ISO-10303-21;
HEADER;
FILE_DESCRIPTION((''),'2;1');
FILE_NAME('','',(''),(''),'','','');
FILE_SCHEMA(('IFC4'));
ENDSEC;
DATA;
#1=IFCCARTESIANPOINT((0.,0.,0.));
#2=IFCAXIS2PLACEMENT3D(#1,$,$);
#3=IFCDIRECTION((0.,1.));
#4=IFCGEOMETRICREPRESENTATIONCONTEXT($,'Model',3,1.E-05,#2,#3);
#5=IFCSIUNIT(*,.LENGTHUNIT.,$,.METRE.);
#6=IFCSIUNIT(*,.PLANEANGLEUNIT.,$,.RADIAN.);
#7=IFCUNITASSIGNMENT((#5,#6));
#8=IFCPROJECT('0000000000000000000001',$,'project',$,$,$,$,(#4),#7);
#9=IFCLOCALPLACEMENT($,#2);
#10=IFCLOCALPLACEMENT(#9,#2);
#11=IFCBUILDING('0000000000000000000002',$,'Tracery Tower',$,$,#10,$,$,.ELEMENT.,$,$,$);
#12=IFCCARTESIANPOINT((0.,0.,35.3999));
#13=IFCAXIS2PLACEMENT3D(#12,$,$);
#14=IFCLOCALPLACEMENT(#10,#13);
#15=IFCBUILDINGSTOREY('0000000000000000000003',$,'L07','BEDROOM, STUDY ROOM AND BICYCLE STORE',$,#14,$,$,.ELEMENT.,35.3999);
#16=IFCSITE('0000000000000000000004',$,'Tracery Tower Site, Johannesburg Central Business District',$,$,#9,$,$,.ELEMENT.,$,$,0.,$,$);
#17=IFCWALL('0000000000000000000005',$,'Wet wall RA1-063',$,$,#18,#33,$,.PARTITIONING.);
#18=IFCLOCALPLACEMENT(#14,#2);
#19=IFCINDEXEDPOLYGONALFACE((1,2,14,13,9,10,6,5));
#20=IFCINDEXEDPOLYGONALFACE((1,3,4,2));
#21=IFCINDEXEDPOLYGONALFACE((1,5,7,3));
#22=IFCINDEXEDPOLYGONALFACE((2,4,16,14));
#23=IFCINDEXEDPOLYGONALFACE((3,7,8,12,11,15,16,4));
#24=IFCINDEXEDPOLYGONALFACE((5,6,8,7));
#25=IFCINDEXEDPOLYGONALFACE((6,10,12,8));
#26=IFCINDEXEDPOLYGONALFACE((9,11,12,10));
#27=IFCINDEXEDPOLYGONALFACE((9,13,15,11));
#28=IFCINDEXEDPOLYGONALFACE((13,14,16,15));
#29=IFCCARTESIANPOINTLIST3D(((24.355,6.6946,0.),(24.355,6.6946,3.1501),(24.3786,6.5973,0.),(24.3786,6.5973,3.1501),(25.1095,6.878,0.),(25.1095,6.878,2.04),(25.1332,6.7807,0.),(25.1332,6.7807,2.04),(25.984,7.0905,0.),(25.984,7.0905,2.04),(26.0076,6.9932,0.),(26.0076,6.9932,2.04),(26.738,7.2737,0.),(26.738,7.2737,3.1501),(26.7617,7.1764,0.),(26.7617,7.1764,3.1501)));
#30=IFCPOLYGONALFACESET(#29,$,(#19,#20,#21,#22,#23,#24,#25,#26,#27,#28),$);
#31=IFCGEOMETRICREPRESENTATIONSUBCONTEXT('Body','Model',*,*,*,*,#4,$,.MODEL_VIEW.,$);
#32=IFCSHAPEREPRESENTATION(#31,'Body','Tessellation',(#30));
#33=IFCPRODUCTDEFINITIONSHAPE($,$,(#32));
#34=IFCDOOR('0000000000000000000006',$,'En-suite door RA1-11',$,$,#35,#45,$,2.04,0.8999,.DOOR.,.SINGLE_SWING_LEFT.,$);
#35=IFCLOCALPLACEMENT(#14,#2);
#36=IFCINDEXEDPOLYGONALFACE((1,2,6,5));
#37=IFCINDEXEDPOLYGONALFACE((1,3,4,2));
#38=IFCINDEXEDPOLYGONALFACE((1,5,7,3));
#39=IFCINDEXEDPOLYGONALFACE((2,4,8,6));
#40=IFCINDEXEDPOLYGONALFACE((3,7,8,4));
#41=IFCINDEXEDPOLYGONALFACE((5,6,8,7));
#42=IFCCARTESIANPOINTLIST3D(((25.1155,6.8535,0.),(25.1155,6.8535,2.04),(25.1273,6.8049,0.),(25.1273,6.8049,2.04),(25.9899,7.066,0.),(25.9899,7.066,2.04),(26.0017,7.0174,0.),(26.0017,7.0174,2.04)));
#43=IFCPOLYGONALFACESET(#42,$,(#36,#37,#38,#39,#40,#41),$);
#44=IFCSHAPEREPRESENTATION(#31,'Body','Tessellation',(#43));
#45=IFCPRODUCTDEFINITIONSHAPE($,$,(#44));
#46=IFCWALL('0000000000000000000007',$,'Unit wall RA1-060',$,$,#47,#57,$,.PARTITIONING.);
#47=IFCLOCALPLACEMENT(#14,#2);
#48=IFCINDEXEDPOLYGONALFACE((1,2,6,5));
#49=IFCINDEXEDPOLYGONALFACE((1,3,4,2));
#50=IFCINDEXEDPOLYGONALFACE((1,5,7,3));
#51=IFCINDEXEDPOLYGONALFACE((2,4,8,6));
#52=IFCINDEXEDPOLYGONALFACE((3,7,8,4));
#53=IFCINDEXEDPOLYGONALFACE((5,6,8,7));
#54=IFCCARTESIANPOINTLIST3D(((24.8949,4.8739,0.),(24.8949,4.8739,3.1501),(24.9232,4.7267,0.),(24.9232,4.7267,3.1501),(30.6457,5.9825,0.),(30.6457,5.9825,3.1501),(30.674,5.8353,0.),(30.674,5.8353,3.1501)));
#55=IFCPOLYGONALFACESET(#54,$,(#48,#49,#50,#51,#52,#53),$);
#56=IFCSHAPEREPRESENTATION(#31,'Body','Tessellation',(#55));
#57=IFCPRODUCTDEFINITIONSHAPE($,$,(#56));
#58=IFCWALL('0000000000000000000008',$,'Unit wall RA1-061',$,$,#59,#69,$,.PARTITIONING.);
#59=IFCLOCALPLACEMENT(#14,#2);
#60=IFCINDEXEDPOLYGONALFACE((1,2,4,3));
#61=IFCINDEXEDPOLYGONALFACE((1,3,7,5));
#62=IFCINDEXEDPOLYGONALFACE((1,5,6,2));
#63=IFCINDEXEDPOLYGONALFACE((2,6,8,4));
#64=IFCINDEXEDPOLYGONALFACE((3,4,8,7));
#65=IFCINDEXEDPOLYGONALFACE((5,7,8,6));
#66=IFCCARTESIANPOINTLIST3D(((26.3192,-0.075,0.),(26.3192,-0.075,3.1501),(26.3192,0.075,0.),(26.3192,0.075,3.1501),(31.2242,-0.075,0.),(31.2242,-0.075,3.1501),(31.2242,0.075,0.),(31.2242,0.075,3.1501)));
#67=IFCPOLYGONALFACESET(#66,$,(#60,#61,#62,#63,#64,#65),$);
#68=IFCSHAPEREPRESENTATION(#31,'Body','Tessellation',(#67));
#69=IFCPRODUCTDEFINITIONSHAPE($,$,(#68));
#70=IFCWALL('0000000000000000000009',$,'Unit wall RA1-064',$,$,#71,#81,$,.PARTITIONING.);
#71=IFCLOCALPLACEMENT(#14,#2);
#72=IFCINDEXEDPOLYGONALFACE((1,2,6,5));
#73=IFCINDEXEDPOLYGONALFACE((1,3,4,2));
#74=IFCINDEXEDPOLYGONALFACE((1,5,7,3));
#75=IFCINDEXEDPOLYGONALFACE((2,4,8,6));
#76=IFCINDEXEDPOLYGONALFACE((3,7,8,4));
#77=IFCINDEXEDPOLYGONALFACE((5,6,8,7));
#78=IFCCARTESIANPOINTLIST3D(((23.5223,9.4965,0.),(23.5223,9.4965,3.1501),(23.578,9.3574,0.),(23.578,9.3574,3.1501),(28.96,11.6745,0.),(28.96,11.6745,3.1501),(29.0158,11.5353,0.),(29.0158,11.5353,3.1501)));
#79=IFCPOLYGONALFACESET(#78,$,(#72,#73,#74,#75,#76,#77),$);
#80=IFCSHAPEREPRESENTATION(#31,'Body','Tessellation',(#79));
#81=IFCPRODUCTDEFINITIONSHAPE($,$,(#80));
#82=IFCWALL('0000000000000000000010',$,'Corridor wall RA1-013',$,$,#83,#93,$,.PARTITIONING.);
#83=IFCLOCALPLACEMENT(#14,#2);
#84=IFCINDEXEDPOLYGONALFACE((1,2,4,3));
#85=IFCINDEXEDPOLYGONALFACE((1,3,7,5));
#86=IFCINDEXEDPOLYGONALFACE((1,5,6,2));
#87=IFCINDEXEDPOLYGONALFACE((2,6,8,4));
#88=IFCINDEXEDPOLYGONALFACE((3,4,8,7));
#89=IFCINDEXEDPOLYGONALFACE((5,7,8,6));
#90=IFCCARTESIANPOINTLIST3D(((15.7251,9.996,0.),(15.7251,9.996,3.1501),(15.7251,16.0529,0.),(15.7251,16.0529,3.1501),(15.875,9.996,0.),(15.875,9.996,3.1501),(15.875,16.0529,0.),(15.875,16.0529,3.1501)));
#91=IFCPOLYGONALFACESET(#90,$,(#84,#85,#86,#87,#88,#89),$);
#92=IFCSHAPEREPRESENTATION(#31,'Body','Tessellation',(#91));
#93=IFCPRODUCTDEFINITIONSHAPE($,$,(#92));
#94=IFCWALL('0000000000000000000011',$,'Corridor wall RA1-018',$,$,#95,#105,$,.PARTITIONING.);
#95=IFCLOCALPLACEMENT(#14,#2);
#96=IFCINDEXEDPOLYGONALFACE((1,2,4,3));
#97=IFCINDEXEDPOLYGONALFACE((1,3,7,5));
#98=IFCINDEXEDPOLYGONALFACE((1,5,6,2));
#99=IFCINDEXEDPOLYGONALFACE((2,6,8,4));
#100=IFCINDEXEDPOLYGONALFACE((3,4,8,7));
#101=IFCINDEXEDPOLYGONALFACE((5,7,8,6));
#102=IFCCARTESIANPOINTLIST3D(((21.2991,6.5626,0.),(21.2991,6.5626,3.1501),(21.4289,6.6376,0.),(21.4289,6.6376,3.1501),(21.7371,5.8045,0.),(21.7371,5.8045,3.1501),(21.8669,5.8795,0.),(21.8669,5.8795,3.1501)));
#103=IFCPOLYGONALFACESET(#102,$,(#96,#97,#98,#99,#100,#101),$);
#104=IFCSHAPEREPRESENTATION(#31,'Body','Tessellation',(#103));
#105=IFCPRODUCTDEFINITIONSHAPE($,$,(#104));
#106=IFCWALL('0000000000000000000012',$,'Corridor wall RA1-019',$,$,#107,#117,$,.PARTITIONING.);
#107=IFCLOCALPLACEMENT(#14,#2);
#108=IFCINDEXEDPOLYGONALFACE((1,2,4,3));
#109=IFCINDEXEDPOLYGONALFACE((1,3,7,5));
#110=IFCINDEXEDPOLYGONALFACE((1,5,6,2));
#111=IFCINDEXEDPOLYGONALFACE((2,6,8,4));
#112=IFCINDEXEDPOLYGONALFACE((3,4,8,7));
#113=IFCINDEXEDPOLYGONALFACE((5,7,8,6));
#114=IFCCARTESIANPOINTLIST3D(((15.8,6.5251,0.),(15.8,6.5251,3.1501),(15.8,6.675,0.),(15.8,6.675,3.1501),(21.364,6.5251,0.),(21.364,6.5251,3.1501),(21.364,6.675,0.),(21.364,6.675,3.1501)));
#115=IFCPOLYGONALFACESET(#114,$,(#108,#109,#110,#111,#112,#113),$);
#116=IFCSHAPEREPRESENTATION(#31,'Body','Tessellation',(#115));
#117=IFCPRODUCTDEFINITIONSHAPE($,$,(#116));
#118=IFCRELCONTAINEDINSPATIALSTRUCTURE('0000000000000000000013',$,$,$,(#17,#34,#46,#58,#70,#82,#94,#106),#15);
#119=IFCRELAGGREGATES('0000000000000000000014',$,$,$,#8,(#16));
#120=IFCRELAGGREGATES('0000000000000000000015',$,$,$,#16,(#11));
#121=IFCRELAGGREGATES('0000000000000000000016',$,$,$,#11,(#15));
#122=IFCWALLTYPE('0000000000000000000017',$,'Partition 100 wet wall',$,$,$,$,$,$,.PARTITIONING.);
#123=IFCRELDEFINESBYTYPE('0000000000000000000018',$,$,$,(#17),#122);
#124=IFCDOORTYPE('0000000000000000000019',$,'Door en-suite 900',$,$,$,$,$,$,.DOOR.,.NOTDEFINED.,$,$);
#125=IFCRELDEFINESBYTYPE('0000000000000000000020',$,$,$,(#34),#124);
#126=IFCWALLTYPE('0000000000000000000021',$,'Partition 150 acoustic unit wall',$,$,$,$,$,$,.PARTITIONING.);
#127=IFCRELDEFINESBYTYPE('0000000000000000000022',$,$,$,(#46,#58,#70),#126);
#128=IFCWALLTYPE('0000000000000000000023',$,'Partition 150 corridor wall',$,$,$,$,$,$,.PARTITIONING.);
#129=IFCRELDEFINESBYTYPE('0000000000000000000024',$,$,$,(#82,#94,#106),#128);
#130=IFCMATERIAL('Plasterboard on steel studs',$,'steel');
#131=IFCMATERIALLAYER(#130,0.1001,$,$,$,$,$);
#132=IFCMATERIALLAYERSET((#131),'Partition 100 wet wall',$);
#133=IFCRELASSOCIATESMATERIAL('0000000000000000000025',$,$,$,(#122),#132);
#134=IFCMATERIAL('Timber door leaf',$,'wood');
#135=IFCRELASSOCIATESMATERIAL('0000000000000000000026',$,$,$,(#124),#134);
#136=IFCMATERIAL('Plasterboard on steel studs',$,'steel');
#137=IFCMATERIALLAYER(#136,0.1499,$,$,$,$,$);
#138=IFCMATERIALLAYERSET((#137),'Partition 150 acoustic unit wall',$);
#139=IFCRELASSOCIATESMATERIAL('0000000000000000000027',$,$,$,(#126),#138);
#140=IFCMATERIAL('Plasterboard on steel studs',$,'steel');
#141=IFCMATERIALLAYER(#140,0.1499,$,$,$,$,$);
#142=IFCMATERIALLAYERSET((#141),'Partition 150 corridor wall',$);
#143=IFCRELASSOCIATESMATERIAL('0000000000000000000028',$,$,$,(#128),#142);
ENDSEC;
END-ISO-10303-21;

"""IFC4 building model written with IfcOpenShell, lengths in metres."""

from ifc_helpers import new_model, si_unit, direction, frame, frame_2d, origin, place, context, subcontext, project, spatial, rectangle, extrude, material, layer, layer_set, type_object, element, fill, save


model = new_model("IFC4")

# Units and contexts
model_context = context("Model", 3, precision=1e-05, world=origin(), true_north=direction((0.0, 1.0)))
body_context = subcontext(model_context, "Body", "Model", "MODEL_VIEW")
ifc_project = project(units=[si_unit("LENGTHUNIT", "METRE"), si_unit("PLANEANGLEUNIT", "RADIAN")], contexts=[model_context])

# Site, building, storey
site_placement = place(None, origin())
site = spatial("IfcSite", under=ifc_project, at=site_placement, Name="Tracery Tower Site, Johannesburg Central Business District", CompositionType="ELEMENT", RefElevation=0.0)
building_placement = place(site_placement, origin())
building = spatial("IfcBuilding", under=site, at=building_placement, Name="Tracery Tower", CompositionType="ELEMENT")
storey_placement = place(building_placement, frame((0.0, 0.0, 35.3999)))
storey = spatial("IfcBuildingStorey", under=building, at=storey_placement, Name="L07", Description="BEDROOM, STUDY ROOM AND BICYCLE STORE", CompositionType="ELEMENT", Elevation=35.3999)

# Shared definitions
ifc_material_1 = material(Name="Plasterboard on steel studs", Category="steel")
ifc_layer_1 = layer(ifc_material_1, 0.1001)
ifc_layer_set_1 = layer_set([ifc_layer_1], Name="Partition 100 wet wall")
wall_type_1 = type_object("IfcWallType", Name="Partition 100 wet wall", PredefinedType="PARTITIONING", material=ifc_layer_set_1)

# Shared definitions
ifc_material_2 = material(Name="Timber door leaf", Category="wood")
door_type = type_object("IfcDoorType", Name="Door en-suite 900", OperationType="NOTDEFINED", PredefinedType="DOOR", material=ifc_material_2)

# Wall, opening, door
wall_1_placement = place(storey_placement, frame((24.3669, 6.646, 0.0), z_axis=(0.0, 0.0, 1.0), x_axis=(0.97172, 0.236136, 0.0)))
wall_1 = element("IfcWall", 1, at=wall_1_placement, inside=storey, type_object=wall_type_1, Name="Wet wall RA1-063", PredefinedType="PARTITIONING", context=body_context, shape_type="SweptSolid", body=[
    extrude(rectangle(XDim=2.4524, YDim=0.1001, at=frame_2d((1.2261, 0.0))), origin(), (0.0, 0.0, 1.0), 3.1501),
])
opening_1_placement = place(wall_1_placement, frame((0.7764, 0.0, 0.0)))
opening_1 = element("IfcOpeningElement", 2, at=opening_1_placement, cuts=wall_1, PredefinedType="OPENING", context=body_context, shape_type="SweptSolid", body=[
    extrude(rectangle(XDim=0.8999, YDim=2.04, at=frame_2d((0.45, 1.02))), frame((0.0, 0.05, 0.0), z_axis=(0.0, -1.0, 0.0), x_axis=(1.0, 0.0, 0.0)), (0.0, 0.0, 1.0), 0.1001),
])
door_1_placement = place(opening_1_placement, origin())
door_1 = element("IfcDoor", 3, at=door_1_placement, inside=storey, type_object=door_type, Name="En-suite door RA1-11", OperationType="SINGLE_SWING_LEFT", OverallHeight=2.04, OverallWidth=0.8999, PredefinedType="DOOR", context=body_context, shape_type="SweptSolid", body=[
    extrude(rectangle(XDim=0.8999, YDim=2.04, at=frame_2d((0.45, 1.02))), frame((0.0, 0.0249, 0.0), z_axis=(0.0, -1.0, 0.0), x_axis=(1.0, 0.0, 0.0)), (0.0, 0.0, 1.0), 0.05),
])
fill(opening_1, door_1)

# Walls
ifc_material_3 = material(Name="Plasterboard on steel studs", Category="steel")
ifc_layer_2 = layer(ifc_material_3, 0.1499)
ifc_layer_set_2 = layer_set([ifc_layer_2], Name="Partition 150 acoustic unit wall")
wall_type_2 = type_object("IfcWallType", Name="Partition 150 acoustic unit wall", PredefinedType="PARTITIONING", material=ifc_layer_set_2)
wall_2_placement = place(storey_placement, frame((24.9092, 4.8003, 0.0), z_axis=(0.0, 0.0, 1.0), x_axis=(0.98192, 0.189297, 0.0)))
element("IfcWall", 4, at=wall_2_placement, inside=storey, type_object=wall_type_2, Name="Unit wall RA1-060", PredefinedType="PARTITIONING", context=body_context, shape_type="SweptSolid", body=[
    extrude(rectangle(XDim=5.8567, YDim=0.1499, at=frame_2d((2.9282, 0.0))), origin(), (0.0, 0.0, 1.0), 3.1501),
])
wall_3_placement = place(storey_placement, frame((26.3191, 0.0, 0.0), z_axis=(0.0, 0.0, 1.0), x_axis=(1.0, 0.0, 0.0)))
element("IfcWall", 5, at=wall_3_placement, inside=storey, type_object=wall_type_2, Name="Unit wall RA1-061", PredefinedType="PARTITIONING", context=body_context, shape_type="SweptSolid", body=[
    extrude(rectangle(XDim=4.905, YDim=0.1499, at=frame_2d((2.4526, 0.0))), origin(), (0.0, 0.0, 1.0), 3.1501),
])
wall_4_placement = place(storey_placement, frame((23.5503, 9.427, 0.0), z_axis=(0.0, 0.0, 1.0), x_axis=(0.928307, 0.371815, 0.0)))
element("IfcWall", 6, at=wall_4_placement, inside=storey, type_object=wall_type_2, Name="Unit wall RA1-064", PredefinedType="PARTITIONING", context=body_context, shape_type="SweptSolid", body=[
    extrude(rectangle(XDim=5.8577, YDim=0.1499, at=frame_2d((2.9287, 0.0))), origin(), (0.0, 0.0, 1.0), 3.1501),
])
ifc_material_4 = material(Name="Plasterboard on steel studs", Category="steel")
ifc_layer_3 = layer(ifc_material_4, 0.1499)
ifc_layer_set_3 = layer_set([ifc_layer_3], Name="Partition 150 corridor wall")
wall_type_3 = type_object("IfcWallType", Name="Partition 150 corridor wall", PredefinedType="PARTITIONING", material=ifc_layer_set_3)
wall_5_placement = place(storey_placement, frame((15.8, 9.9961, 0.0), z_axis=(0.0, 0.0, 1.0), x_axis=(0.0, 1.0, 0.0)))
element("IfcWall", 7, at=wall_5_placement, inside=storey, type_object=wall_type_3, Name="Corridor wall RA1-013", PredefinedType="PARTITIONING", context=body_context, shape_type="SweptSolid", body=[
    extrude(rectangle(XDim=6.0569, YDim=0.1499, at=frame_2d((3.0283, 0.0))), origin(), (0.0, 0.0, 1.0), 3.1501),
])
wall_6_placement = place(storey_placement, frame((21.364, 6.6001, 0.0), z_axis=(0.0, 0.0, 1.0), x_axis=(0.500278, -0.865865, 0.0)))
element("IfcWall", 8, at=wall_6_placement, inside=storey, type_object=wall_type_3, Name="Corridor wall RA1-018", PredefinedType="PARTITIONING", context=body_context, shape_type="SweptSolid", body=[
    extrude(rectangle(XDim=0.8755, YDim=0.1499, at=frame_2d((0.4377, 0.0))), origin(), (0.0, 0.0, 1.0), 3.1501),
])
wall_7_placement = place(storey_placement, frame((15.8, 6.6001, 0.0), z_axis=(0.0, 0.0, 1.0), x_axis=(1.0, 0.0, 0.0)))
element("IfcWall", 9, at=wall_7_placement, inside=storey, type_object=wall_type_3, Name="Corridor wall RA1-019", PredefinedType="PARTITIONING", context=body_context, shape_type="SweptSolid", body=[
    extrude(rectangle(XDim=5.564, YDim=0.1499, at=frame_2d((2.782, 0.0))), origin(), (0.0, 0.0, 1.0), 3.1501),
])

save(model, "model.ifc")
